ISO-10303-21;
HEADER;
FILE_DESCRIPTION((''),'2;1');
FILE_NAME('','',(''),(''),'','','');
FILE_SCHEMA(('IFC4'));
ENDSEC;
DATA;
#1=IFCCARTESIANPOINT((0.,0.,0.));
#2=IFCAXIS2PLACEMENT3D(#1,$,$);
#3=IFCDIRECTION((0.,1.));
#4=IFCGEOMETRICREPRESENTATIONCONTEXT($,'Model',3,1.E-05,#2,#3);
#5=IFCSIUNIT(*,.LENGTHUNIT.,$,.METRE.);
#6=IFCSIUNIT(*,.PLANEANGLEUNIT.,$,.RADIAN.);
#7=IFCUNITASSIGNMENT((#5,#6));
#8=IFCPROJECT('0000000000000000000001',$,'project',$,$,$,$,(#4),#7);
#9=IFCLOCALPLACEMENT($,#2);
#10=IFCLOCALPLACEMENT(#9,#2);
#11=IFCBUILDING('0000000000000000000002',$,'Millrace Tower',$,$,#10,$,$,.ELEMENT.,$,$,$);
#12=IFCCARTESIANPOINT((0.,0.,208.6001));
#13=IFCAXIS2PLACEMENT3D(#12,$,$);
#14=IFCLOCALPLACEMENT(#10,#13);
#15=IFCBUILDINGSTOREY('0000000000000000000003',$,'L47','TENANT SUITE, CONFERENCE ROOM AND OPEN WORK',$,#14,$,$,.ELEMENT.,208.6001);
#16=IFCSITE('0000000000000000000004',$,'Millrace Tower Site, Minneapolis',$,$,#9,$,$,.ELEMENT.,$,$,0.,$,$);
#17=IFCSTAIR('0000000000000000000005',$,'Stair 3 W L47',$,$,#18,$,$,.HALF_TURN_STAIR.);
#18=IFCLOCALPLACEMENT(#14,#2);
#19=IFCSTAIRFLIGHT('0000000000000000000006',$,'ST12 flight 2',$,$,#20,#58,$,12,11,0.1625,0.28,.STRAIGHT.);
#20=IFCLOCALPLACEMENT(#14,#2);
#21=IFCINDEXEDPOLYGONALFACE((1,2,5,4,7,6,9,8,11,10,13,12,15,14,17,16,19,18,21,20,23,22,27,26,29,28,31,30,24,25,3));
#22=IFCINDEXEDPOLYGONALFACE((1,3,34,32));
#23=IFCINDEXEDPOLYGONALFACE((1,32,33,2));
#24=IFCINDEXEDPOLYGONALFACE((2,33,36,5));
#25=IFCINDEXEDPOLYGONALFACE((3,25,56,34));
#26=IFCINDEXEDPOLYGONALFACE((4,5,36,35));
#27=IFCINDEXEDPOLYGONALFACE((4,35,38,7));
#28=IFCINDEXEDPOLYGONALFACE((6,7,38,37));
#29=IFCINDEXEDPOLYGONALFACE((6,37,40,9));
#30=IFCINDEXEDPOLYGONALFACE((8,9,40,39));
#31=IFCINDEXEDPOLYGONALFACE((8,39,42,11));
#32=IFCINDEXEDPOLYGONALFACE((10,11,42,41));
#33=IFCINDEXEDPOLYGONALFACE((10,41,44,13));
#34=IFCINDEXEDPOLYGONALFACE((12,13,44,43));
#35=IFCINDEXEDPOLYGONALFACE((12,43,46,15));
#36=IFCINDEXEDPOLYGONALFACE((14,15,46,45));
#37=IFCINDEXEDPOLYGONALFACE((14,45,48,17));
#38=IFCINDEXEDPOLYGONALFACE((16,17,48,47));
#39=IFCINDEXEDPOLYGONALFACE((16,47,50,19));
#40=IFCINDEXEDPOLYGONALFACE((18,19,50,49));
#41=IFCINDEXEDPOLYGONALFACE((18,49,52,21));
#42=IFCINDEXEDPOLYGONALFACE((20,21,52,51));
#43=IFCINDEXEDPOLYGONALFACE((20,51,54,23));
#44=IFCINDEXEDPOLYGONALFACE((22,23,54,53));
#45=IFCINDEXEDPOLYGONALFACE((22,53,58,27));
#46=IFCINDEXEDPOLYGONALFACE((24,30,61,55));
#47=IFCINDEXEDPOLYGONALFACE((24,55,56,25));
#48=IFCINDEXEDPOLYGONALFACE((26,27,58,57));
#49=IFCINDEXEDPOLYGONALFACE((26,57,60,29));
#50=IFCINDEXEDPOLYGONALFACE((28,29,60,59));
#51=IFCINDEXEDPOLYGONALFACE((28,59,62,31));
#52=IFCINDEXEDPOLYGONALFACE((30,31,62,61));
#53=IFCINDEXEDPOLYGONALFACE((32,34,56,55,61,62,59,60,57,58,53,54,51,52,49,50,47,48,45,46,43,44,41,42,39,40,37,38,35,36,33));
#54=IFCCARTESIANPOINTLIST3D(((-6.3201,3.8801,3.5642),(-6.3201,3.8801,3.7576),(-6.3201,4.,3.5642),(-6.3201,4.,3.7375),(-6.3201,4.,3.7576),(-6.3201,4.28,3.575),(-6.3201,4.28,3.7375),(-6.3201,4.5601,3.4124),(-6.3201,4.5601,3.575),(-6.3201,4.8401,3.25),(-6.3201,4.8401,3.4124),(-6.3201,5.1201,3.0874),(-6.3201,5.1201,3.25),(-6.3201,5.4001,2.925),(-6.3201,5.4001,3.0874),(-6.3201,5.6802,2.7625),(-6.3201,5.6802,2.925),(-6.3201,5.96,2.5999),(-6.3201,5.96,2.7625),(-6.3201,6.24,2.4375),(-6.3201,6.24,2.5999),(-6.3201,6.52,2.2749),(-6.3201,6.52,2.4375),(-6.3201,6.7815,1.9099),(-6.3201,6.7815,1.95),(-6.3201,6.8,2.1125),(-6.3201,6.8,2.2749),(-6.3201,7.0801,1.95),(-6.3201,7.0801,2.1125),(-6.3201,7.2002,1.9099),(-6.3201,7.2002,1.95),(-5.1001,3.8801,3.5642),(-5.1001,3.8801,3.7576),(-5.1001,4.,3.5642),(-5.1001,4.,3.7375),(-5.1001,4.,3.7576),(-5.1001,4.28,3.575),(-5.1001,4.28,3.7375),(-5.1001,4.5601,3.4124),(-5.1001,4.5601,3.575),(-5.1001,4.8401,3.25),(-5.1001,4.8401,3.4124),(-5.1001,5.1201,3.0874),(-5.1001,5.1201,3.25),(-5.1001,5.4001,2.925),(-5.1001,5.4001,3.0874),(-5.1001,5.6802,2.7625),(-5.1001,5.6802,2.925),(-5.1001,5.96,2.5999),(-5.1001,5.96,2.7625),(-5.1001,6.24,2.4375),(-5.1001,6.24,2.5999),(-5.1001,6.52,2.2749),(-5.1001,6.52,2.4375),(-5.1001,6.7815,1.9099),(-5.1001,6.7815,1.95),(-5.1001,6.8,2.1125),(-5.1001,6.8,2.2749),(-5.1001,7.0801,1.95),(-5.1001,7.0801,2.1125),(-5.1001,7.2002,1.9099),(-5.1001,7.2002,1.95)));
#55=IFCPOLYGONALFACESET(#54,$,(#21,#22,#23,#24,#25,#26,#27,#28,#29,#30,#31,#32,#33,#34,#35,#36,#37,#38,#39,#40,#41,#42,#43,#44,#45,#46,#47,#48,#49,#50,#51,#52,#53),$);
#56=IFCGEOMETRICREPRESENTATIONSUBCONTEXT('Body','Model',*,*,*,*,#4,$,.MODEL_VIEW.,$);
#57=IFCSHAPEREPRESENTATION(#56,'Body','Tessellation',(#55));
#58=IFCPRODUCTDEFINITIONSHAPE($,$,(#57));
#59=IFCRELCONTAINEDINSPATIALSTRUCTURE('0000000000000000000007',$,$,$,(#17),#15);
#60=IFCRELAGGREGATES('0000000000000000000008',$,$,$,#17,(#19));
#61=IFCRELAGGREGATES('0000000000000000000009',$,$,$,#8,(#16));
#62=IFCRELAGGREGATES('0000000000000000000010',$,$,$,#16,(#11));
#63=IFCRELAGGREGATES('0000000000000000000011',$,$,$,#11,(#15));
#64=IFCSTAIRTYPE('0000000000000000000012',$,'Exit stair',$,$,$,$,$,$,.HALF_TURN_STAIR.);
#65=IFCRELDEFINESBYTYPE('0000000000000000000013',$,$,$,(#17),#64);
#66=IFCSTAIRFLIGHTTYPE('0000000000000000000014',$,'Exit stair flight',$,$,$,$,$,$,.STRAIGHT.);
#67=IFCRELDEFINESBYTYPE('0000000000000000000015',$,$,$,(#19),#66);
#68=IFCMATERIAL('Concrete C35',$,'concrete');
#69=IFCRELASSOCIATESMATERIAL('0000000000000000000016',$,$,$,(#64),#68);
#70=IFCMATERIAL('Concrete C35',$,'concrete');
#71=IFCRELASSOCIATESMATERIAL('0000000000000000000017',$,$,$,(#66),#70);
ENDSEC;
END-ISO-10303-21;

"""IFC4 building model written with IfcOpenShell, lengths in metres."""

from ifc_helpers import new_model, si_unit, direction, frame, origin, place, context, subcontext, project, spatial, polyline, outline, extrude, material, type_object, element, aggregate, save


model = new_model("IFC4")

# Units and contexts
model_context = context("Model", 3, precision=1e-05, world=origin(), true_north=direction((0.0, 1.0)))
body_context = subcontext(model_context, "Body", "Model", "MODEL_VIEW")
ifc_project = project(units=[si_unit("LENGTHUNIT", "METRE"), si_unit("PLANEANGLEUNIT", "RADIAN")], contexts=[model_context])

# Site, building, storey
site_placement = place(None, origin())
site = spatial("IfcSite", under=ifc_project, at=site_placement, Name="Millrace Tower Site, Minneapolis", CompositionType="ELEMENT", RefElevation=0.0)
building_placement = place(site_placement, origin())
building = spatial("IfcBuilding", under=site, at=building_placement, Name="Millrace Tower", CompositionType="ELEMENT")
storey_placement = place(building_placement, frame((0.0, 0.0, 208.6001)))
storey = spatial("IfcBuildingStorey", under=building, at=storey_placement, Name="L47", Description="TENANT SUITE, CONFERENCE ROOM AND OPEN WORK", CompositionType="ELEMENT", Elevation=208.6001)

# Stair, stair flight
ifc_material_1 = material(Name="Concrete C35", Category="concrete")
stair_type = type_object("IfcStairType", Name="Exit stair", PredefinedType="HALF_TURN_STAIR", material=ifc_material_1)
placement = place(storey_placement, origin())
ifc_material_2 = material(Name="Concrete C35", Category="concrete")
stair_flight_type = type_object("IfcStairFlightType", Name="Exit stair flight", PredefinedType="STRAIGHT", material=ifc_material_2)
stair_1 = element("IfcStair", 1, at=placement, inside=storey, type_object=stair_type, Name="Stair 3 W L47", PredefinedType="HALF_TURN_STAIR")
stair_flight_1_placement = place(storey_placement, frame((-5.71, 7.0801, 1.95), z_axis=(0.0, 0.0, 1.0), x_axis=(0.0, -1.0, 0.0)))
stair_flight_1 = element("IfcStairFlight", 2, at=stair_flight_1_placement, type_object=stair_flight_type, Name="ST12 flight 2", NumberOfRisers=12, NumberOfTreads=11, PredefinedType="STRAIGHT", RiserHeight=0.1625, TreadLength=0.28, context=body_context, shape_type="SweptSolid", body=[
    extrude(outline(polyline([(-0.1201, -0.04), (-0.1201, 0.0), (0.0, 0.0), (0.0, 0.1626), (0.28, 0.1626), (0.28, 0.325), (0.5601, 0.325), (0.5601, 0.4875), (0.8401, 0.4875), (0.8401, 0.6499), (1.1201, 0.6499), (1.1201, 0.8125), (1.3999, 0.8125), (1.3999, 0.9751), (1.6799, 0.9751), (1.6799, 1.1375), (1.96, 1.1375), (1.96, 1.3), (2.24, 1.3), (2.24, 1.4624), (2.52, 1.4624), (2.52, 1.625), (2.8, 1.625), (2.8, 1.7876), (3.0801, 1.7876), (3.0801, 1.8076), (3.2, 1.8076), (3.2, 1.6143), (3.0801, 1.6143), (0.2986, 0.0), (0.2986, -0.04), (-0.1201, -0.04)])), frame((0.0, 0.6099, 0.0), z_axis=(0.0, -1.0, 0.0), x_axis=(1.0, 0.0, 0.0)), (0.0, 0.0, 1.0), 1.22),
])
aggregate(stair_1, [stair_flight_1])

save(model, "model.ifc")
